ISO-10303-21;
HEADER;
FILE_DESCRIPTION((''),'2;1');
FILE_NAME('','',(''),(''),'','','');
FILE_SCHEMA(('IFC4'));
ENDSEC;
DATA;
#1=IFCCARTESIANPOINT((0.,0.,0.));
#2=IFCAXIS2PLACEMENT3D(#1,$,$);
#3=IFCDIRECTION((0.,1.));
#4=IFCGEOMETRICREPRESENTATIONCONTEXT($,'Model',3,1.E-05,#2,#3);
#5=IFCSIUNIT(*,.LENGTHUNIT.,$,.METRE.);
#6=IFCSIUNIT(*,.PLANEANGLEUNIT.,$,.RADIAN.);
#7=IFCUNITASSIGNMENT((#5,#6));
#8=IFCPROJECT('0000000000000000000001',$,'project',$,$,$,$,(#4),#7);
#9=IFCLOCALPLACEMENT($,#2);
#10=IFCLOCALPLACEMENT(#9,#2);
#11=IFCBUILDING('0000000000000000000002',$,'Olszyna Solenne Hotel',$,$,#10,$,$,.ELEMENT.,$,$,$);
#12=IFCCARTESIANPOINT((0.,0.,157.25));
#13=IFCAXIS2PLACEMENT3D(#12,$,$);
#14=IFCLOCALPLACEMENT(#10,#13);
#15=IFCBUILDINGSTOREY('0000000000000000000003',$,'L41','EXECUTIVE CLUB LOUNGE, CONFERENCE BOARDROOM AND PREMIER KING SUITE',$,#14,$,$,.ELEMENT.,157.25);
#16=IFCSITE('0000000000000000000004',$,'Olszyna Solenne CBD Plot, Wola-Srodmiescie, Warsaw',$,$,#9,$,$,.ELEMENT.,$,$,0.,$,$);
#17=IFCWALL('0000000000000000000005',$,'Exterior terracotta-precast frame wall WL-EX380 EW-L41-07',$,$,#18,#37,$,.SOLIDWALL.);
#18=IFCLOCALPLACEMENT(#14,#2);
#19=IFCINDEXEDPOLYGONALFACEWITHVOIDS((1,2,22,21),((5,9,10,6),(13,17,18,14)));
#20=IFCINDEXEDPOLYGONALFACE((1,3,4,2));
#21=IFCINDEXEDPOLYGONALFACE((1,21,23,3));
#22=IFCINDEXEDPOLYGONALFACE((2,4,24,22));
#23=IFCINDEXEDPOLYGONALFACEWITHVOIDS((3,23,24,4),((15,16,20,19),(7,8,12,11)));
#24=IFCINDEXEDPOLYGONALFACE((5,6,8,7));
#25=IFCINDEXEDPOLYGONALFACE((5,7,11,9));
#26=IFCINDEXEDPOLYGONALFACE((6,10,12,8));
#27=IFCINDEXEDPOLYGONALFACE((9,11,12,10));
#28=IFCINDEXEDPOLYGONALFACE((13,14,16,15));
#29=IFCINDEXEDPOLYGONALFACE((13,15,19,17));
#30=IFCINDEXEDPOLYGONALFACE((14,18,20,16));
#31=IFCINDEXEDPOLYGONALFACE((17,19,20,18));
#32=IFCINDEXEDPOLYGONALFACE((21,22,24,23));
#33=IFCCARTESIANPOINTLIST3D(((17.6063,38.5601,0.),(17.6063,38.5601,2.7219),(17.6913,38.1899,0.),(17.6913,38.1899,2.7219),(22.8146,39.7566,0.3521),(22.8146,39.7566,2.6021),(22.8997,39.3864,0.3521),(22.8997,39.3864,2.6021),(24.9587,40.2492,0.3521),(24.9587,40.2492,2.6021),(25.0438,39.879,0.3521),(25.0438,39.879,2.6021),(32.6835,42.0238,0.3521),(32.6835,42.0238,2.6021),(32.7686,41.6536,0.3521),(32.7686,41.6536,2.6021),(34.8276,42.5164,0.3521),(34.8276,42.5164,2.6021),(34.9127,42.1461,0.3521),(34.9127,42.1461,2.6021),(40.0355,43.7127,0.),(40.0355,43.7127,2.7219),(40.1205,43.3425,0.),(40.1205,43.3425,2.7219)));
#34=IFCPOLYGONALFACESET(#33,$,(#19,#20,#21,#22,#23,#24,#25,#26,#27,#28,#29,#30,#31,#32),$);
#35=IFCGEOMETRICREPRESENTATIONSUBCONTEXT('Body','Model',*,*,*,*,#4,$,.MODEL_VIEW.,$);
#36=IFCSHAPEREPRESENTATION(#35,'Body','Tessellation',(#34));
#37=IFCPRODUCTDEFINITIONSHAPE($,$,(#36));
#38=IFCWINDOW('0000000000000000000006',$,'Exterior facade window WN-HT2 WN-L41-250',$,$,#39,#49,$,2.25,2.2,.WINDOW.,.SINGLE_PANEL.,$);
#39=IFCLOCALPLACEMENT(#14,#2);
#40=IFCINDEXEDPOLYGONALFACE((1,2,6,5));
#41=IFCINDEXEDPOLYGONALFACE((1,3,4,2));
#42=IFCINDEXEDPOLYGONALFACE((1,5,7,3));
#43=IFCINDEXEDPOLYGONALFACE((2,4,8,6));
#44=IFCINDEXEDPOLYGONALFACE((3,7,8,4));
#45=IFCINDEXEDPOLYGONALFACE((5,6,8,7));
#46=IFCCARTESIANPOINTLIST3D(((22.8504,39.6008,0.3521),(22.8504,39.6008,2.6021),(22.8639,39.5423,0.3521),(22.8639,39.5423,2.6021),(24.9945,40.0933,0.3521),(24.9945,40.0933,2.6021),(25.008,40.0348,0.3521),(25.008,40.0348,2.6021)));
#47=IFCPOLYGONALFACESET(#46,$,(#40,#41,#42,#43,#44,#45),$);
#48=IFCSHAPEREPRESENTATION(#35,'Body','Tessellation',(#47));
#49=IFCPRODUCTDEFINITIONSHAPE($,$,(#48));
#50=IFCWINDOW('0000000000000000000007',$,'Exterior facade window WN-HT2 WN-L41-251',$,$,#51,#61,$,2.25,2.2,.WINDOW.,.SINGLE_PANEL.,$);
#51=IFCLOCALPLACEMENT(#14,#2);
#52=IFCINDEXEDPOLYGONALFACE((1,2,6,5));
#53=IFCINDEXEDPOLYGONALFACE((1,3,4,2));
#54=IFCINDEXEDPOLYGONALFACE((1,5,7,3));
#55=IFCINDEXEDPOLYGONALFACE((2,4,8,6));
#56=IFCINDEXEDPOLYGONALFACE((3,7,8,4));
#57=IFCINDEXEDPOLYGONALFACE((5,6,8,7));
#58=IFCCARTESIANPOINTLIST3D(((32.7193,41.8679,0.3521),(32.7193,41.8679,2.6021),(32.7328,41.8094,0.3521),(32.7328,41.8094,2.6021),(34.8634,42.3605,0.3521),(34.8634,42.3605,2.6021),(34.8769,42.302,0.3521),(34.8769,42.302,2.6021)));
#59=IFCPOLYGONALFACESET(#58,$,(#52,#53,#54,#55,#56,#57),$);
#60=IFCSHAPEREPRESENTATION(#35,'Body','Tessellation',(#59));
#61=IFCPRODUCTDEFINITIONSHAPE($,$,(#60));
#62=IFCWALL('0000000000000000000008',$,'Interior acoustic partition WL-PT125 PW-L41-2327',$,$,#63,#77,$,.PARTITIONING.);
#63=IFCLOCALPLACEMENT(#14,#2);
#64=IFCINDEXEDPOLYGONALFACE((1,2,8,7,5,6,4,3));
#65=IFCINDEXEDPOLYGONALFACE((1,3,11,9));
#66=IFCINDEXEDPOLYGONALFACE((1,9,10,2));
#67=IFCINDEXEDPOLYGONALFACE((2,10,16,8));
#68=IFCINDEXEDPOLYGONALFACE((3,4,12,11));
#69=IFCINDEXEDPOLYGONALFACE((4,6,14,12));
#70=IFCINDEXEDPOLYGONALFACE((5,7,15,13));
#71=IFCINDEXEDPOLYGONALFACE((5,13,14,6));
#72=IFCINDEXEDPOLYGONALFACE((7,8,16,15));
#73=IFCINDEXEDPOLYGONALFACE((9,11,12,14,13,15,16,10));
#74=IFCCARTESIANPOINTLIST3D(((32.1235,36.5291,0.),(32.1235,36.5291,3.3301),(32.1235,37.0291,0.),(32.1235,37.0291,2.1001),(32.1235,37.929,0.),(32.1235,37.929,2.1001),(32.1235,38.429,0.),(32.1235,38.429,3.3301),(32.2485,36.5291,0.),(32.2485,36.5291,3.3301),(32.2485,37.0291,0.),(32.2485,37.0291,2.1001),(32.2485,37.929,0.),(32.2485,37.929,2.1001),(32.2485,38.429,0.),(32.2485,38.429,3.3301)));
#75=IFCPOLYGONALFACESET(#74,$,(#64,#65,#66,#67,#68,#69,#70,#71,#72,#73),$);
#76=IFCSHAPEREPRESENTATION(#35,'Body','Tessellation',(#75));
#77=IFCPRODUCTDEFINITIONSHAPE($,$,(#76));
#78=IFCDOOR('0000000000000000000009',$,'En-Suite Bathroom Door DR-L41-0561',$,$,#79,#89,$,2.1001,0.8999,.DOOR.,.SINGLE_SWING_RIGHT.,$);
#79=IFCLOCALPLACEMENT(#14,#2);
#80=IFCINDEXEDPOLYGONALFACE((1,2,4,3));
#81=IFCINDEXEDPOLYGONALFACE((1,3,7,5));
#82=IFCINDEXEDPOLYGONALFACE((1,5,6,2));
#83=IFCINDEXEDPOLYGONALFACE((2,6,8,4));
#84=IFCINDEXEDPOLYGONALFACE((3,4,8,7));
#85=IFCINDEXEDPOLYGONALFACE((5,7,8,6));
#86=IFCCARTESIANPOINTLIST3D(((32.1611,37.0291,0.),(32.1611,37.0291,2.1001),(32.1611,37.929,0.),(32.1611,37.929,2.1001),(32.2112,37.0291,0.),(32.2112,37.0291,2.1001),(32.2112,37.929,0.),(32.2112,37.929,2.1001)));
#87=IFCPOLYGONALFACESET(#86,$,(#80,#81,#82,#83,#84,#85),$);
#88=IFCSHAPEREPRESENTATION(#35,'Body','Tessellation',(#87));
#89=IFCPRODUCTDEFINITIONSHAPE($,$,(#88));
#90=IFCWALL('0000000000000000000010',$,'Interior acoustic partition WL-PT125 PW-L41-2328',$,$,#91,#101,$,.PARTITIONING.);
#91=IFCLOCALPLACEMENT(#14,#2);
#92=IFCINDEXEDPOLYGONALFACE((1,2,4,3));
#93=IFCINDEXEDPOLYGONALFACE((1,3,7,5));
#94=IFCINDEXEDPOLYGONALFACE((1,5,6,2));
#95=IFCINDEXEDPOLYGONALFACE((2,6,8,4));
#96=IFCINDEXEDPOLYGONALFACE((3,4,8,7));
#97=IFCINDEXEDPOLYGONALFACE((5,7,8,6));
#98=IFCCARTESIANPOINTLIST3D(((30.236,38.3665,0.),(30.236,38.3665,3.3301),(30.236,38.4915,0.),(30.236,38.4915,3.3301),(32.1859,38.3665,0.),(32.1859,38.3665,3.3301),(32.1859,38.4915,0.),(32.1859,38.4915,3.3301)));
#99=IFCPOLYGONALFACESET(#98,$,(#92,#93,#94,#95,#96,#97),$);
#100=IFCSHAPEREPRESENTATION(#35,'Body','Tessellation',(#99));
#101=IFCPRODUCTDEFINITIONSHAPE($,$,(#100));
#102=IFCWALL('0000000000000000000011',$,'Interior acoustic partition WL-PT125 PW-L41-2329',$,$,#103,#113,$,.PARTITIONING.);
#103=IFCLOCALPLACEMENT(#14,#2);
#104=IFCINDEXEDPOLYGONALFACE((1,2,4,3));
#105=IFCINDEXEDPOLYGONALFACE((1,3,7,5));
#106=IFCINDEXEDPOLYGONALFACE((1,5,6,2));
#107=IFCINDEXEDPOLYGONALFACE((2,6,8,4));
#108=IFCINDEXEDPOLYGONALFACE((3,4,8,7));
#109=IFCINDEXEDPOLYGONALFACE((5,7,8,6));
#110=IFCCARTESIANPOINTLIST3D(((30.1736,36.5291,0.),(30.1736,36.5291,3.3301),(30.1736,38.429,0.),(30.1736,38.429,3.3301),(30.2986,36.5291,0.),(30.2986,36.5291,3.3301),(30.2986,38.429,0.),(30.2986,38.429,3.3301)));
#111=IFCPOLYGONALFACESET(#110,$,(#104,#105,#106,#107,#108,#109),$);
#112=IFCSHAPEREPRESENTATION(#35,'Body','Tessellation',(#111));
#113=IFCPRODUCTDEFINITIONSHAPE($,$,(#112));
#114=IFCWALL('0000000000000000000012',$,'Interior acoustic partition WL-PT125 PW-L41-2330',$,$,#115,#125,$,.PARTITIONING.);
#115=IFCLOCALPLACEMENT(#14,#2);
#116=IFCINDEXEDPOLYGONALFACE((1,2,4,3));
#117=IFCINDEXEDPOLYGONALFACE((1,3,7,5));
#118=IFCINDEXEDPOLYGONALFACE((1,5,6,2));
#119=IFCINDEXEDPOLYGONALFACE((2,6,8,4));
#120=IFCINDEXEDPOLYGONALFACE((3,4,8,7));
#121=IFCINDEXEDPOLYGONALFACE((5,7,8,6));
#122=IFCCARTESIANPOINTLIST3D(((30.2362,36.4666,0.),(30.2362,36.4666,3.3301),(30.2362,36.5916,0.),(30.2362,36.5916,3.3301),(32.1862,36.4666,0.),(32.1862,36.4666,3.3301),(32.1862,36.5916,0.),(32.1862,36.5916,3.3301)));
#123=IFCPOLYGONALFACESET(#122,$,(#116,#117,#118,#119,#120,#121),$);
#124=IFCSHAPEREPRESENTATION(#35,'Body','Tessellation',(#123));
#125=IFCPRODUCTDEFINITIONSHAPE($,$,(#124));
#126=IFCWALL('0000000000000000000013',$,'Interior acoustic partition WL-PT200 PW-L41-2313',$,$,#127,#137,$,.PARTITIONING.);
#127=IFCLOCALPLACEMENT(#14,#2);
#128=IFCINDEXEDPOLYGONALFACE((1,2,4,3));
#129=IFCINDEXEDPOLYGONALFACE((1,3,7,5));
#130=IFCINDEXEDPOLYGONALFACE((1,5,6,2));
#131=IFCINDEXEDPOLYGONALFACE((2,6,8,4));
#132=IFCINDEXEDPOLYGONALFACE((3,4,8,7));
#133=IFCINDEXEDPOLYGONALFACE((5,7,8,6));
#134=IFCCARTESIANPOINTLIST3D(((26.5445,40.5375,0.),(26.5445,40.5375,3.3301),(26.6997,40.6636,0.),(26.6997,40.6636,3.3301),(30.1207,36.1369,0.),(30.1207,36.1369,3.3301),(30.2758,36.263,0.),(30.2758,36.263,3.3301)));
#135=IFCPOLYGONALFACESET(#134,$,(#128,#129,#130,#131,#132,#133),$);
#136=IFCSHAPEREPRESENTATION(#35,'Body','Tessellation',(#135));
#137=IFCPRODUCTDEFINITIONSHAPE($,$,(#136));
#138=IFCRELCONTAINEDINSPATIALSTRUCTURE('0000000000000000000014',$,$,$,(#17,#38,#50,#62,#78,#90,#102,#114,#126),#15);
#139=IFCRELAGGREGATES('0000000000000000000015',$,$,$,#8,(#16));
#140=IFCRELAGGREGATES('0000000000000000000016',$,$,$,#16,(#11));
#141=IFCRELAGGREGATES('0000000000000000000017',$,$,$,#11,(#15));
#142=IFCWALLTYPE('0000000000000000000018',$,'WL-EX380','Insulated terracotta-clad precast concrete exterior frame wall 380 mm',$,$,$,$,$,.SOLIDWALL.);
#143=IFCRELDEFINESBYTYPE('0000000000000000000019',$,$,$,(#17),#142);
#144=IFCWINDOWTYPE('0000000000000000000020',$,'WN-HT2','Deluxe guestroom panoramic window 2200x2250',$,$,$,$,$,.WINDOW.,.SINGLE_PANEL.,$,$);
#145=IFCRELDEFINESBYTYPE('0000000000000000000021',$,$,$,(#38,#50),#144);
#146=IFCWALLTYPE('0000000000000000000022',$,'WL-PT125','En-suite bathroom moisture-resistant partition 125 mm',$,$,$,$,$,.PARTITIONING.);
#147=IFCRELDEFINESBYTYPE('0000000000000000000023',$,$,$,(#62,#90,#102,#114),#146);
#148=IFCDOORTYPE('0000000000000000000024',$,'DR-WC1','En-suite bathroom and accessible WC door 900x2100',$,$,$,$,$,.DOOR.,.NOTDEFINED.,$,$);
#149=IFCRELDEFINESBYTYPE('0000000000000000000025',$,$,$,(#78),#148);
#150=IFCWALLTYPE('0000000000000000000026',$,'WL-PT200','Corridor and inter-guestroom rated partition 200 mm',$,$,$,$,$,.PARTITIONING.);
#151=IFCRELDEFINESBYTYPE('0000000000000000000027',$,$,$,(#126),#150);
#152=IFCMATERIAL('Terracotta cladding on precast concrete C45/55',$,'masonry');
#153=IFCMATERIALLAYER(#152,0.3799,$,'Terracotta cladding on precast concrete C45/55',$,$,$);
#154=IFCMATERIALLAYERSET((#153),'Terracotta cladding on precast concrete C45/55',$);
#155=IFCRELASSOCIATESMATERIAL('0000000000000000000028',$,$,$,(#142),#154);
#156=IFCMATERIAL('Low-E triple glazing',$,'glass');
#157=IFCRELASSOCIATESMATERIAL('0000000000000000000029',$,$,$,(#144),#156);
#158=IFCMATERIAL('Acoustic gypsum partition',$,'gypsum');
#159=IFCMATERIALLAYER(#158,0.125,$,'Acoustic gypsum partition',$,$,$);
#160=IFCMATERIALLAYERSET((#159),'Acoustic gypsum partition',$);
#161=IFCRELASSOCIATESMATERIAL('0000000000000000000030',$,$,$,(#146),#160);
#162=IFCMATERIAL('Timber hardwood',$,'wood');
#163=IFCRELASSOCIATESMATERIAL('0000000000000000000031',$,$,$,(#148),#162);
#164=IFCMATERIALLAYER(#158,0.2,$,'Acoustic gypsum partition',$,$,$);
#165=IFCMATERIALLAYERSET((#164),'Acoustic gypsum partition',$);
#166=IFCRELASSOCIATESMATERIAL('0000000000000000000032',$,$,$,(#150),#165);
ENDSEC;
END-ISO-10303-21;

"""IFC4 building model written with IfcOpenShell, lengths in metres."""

from ifc_helpers import new_model, si_unit, direction, frame, frame_2d, origin, place, context, subcontext, project, spatial, rectangle, extrude, source, transform, mapped, material, layer, layer_set, type_object, type_shapes, element, fill, save


model = new_model("IFC4")

# Units and contexts
model_context = context("Model", 3, precision=1e-05, world=origin(), true_north=direction((0.0, 1.0)))
body_context = subcontext(model_context, "Body", "Model", "MODEL_VIEW")
ifc_project = project(units=[si_unit("LENGTHUNIT", "METRE"), si_unit("PLANEANGLEUNIT", "RADIAN")], contexts=[model_context])

# Site, building, storey
site_placement = place(None, origin())
site = spatial("IfcSite", under=ifc_project, at=site_placement, Name="Olszyna Solenne CBD Plot, Wola-Srodmiescie, Warsaw", CompositionType="ELEMENT", RefElevation=0.0)
building_placement = place(site_placement, origin())
building = spatial("IfcBuilding", under=site, at=building_placement, Name="Olszyna Solenne Hotel", CompositionType="ELEMENT")
storey_placement = place(building_placement, frame((0.0, 0.0, 157.25)))
storey = spatial("IfcBuildingStorey", under=building, at=storey_placement, Name="L41", Description="EXECUTIVE CLUB LOUNGE, CONFERENCE BOARDROOM AND PREMIER KING SUITE", CompositionType="ELEMENT", Elevation=157.25)

# Shared definitions
ifc_material_1 = material(Name="Terracotta cladding on precast concrete C45/55", Category="masonry")
ifc_layer_1 = layer(ifc_material_1, 0.3799, Name="Terracotta cladding on precast concrete C45/55")
ifc_layer_set_1 = layer_set([ifc_layer_1], Name="Terracotta cladding on precast concrete C45/55")
wall_type_1 = type_object("IfcWallType", Name="WL-EX380", Description="Insulated terracotta-clad precast concrete exterior frame wall 380 mm", PredefinedType="SOLIDWALL", material=ifc_layer_set_1)

# Wall, openings, windows
wall_1_placement = place(storey_placement, frame((17.6487, 38.375, 0.0), z_axis=(0.0, 0.0, 1.0), x_axis=(0.974613, 0.223895, 0.0)))
wall_1 = element("IfcWall", 1, at=wall_1_placement, inside=storey, type_object=wall_type_1, Name="Exterior terracotta-precast frame wall WL-EX380 EW-L41-07", PredefinedType="SOLIDWALL", context=body_context, shape_type="SweptSolid", body=[
    extrude(rectangle(XDim=23.0134, YDim=0.3799, at=frame_2d((11.5068, 0.0))), origin(), (0.0, 0.0, 1.0), 2.7219),
])
opening_1_placement = place(wall_1_placement, frame((5.344, 0.0, 0.3521)))
opening_1 = element("IfcOpeningElement", 2, at=opening_1_placement, cuts=wall_1, PredefinedType="OPENING", context=body_context, shape_type="SweptSolid", body=[
    extrude(rectangle(XDim=2.2, YDim=2.25, at=frame_2d((1.1001, 1.125))), frame((0.0, 0.2, 0.0), z_axis=(0.0, -1.0, 0.0), x_axis=(1.0, 0.0, 0.0)), (0.0, 0.0, 1.0), 0.3999),
])
opening_2_placement = place(wall_1_placement, frame((15.47, 0.0, 0.3521)))
opening_2 = element("IfcOpeningElement", 3, at=opening_2_placement, cuts=wall_1, PredefinedType="OPENING", context=body_context, shape_type="SweptSolid", body=[
    extrude(rectangle(XDim=2.2, YDim=2.25, at=frame_2d((1.1001, 1.125))), frame((0.0, 0.2, 0.0), z_axis=(0.0, -1.0, 0.0), x_axis=(1.0, 0.0, 0.0)), (0.0, 0.0, 1.0), 0.3999),
])
ifc_material_2 = material(Name="Low-E triple glazing", Category="glass")
window_type = type_object("IfcWindowType", Name="WN-HT2", Description="Deluxe guestroom panoramic window 2200x2250", PartitioningType="SINGLE_PANEL", PredefinedType="WINDOW", material=ifc_material_2)
shared_shape_1 = source(origin(), body_context, "Body", "SweptSolid", [
    extrude(rectangle(XDim=2.2, YDim=2.25, at=frame_2d((1.1001, 1.125))), frame((0.0, 0.03, 0.0), z_axis=(0.0, -1.0, 0.0), x_axis=(1.0, 0.0, 0.0)), (0.0, 0.0, 1.0), 0.0601),
])
type_shapes(window_type, [shared_shape_1])
window_1_placement = place(opening_1_placement, origin())
window_1 = element("IfcWindow", 4, at=window_1_placement, inside=storey, type_object=window_type, Name="Exterior facade window WN-HT2 WN-L41-250", OverallHeight=2.25, OverallWidth=2.2, PartitioningType="SINGLE_PANEL", PredefinedType="WINDOW", context=body_context, shape_type="MappedRepresentation", body=[
    mapped(shared_shape_1, transform((0.0, 0.0, 0.0), x_axis=(1.0, 0.0, 0.0), y_axis=(0.0, 1.0, 0.0), z_axis=(0.0, 0.0, 1.0), scale=1.0)),
])
fill(opening_1, window_1)
window_2_placement = place(opening_2_placement, origin())
window_2 = element("IfcWindow", 5, at=window_2_placement, inside=storey, type_object=window_type, Name="Exterior facade window WN-HT2 WN-L41-251", OverallHeight=2.25, OverallWidth=2.2, PartitioningType="SINGLE_PANEL", PredefinedType="WINDOW", context=body_context, shape_type="MappedRepresentation", body=[
    mapped(shared_shape_1, transform((0.0, 0.0, 0.0), x_axis=(1.0, 0.0, 0.0), y_axis=(0.0, 1.0, 0.0), z_axis=(0.0, 0.0, 1.0), scale=1.0)),
])
fill(opening_2, window_2)

# Wall, opening, door
ifc_material_3 = material(Name="Acoustic gypsum partition", Category="gypsum")
ifc_layer_2 = layer(ifc_material_3, 0.125, Name="Acoustic gypsum partition")
ifc_layer_set_2 = layer_set([ifc_layer_2], Name="Acoustic gypsum partition")
wall_type_2 = type_object("IfcWallType", Name="WL-PT125", Description="En-suite bathroom moisture-resistant partition 125 mm", PredefinedType="PARTITIONING", material=ifc_layer_set_2)
wall_2_placement = place(storey_placement, frame((32.186, 36.5291, 0.0), z_axis=(0.0, 0.0, 1.0), x_axis=(0.0, 1.0, 0.0)))
wall_2 = element("IfcWall", 6, at=wall_2_placement, inside=storey, type_object=wall_type_2, Name="Interior acoustic partition WL-PT125 PW-L41-2327", PredefinedType="PARTITIONING", context=body_context, shape_type="SweptSolid", body=[
    extrude(rectangle(XDim=1.8999, YDim=0.125, at=frame_2d((0.95, 0.0))), origin(), (0.0, 0.0, 1.0), 3.3301),
])
opening_3_placement = place(wall_2_placement, frame((0.5, 0.0, 0.0)))
opening_3 = element("IfcOpeningElement", 7, at=opening_3_placement, cuts=wall_2, PredefinedType="OPENING", context=body_context, shape_type="SweptSolid", body=[
    extrude(rectangle(XDim=0.8999, YDim=2.1001, at=frame_2d((0.45, 1.05))), frame((0.0, 0.0725, 0.0), z_axis=(0.0, -1.0, 0.0), x_axis=(1.0, 0.0, 0.0)), (0.0, 0.0, 1.0), 0.145),
])
ifc_material_4 = material(Name="Timber hardwood", Category="wood")
door_type_1 = type_object("IfcDoorType", Name="DR-WC1", Description="En-suite bathroom and accessible WC door 900x2100", OperationType="NOTDEFINED", PredefinedType="DOOR", material=ifc_material_4)
shared_shape_2 = source(origin(), body_context, "Body", "SweptSolid", [
    extrude(rectangle(XDim=0.8999, YDim=2.1001, at=frame_2d((0.45, 1.05))), frame((0.0, 0.0249, 0.0), z_axis=(0.0, -1.0, 0.0), x_axis=(1.0, 0.0, 0.0)), (0.0, 0.0, 1.0), 0.05),
])
type_shapes(door_type_1, [shared_shape_2])
door_1_placement = place(opening_3_placement, origin())
door_1 = element("IfcDoor", 8, at=door_1_placement, inside=storey, type_object=door_type_1, Name="En-Suite Bathroom Door DR-L41-0561", OperationType="SINGLE_SWING_RIGHT", OverallHeight=2.1001, OverallWidth=0.8999, PredefinedType="DOOR", context=body_context, shape_type="MappedRepresentation", body=[
    mapped(shared_shape_2, transform((0.0, 0.0, 0.0), x_axis=(1.0, 0.0, 0.0), y_axis=(0.0, 1.0, 0.0), z_axis=(0.0, 0.0, 1.0), scale=1.0)),
])
fill(opening_3, door_1)

# Walls
wall_3_placement = place(storey_placement, frame((32.186, 38.429, 0.0), z_axis=(0.0, 0.0, 1.0), x_axis=(-1.0, 0.0, 0.0)))
element("IfcWall", 9, at=wall_3_placement, inside=storey, type_object=wall_type_2, Name="Interior acoustic partition WL-PT125 PW-L41-2328", PredefinedType="PARTITIONING", context=body_context, shape_type="SweptSolid", body=[
    extrude(rectangle(XDim=1.95, YDim=0.125, at=frame_2d((0.9751, 0.0))), origin(), (0.0, 0.0, 1.0), 3.3301),
])
wall_4_placement = place(storey_placement, frame((30.2361, 38.429, 0.0), z_axis=(0.0, 0.0, 1.0), x_axis=(0.0, -1.0, 0.0)))
element("IfcWall", 10, at=wall_4_placement, inside=storey, type_object=wall_type_2, Name="Interior acoustic partition WL-PT125 PW-L41-2329", PredefinedType="PARTITIONING", context=body_context, shape_type="SweptSolid", body=[
    extrude(rectangle(XDim=1.8999, YDim=0.125, at=frame_2d((0.95, 0.0))), origin(), (0.0, 0.0, 1.0), 3.3301),
])
wall_5_placement = place(storey_placement, frame((30.2361, 36.5291, 0.0), z_axis=(0.0, 0.0, 1.0), x_axis=(1.0, 0.0, 0.0)))
element("IfcWall", 11, at=wall_5_placement, inside=storey, type_object=wall_type_2, Name="Interior acoustic partition WL-PT125 PW-L41-2330", PredefinedType="PARTITIONING", context=body_context, shape_type="SweptSolid", body=[
    extrude(rectangle(XDim=1.95, YDim=0.125, at=frame_2d((0.9751, 0.0))), origin(), (0.0, 0.0, 1.0), 3.3301),
])
ifc_layer_3 = layer(ifc_material_3, 0.2, Name="Acoustic gypsum partition")
ifc_layer_set_3 = layer_set([ifc_layer_3], Name="Acoustic gypsum partition")
wall_type_3 = type_object("IfcWallType", Name="WL-PT200", Description="Corridor and inter-guestroom rated partition 200 mm", PredefinedType="PARTITIONING", material=ifc_layer_set_3)
wall_6_placement = place(storey_placement, frame((30.1982, 36.2, 0.0), z_axis=(0.0, 0.0, 1.0), x_axis=(-0.630662, 0.776057, 0.0)))
element("IfcWall", 12, at=wall_6_placement, inside=storey, type_object=wall_type_3, Name="Interior acoustic partition WL-PT200 PW-L41-2313", PredefinedType="PARTITIONING", context=body_context, shape_type="SweptSolid", body=[
    extrude(rectangle(XDim=5.6704, YDim=0.2, at=frame_2d((2.8352, 0.0))), origin(), (0.0, 0.0, 1.0), 3.3301),
])

save(model, "model.ifc")
